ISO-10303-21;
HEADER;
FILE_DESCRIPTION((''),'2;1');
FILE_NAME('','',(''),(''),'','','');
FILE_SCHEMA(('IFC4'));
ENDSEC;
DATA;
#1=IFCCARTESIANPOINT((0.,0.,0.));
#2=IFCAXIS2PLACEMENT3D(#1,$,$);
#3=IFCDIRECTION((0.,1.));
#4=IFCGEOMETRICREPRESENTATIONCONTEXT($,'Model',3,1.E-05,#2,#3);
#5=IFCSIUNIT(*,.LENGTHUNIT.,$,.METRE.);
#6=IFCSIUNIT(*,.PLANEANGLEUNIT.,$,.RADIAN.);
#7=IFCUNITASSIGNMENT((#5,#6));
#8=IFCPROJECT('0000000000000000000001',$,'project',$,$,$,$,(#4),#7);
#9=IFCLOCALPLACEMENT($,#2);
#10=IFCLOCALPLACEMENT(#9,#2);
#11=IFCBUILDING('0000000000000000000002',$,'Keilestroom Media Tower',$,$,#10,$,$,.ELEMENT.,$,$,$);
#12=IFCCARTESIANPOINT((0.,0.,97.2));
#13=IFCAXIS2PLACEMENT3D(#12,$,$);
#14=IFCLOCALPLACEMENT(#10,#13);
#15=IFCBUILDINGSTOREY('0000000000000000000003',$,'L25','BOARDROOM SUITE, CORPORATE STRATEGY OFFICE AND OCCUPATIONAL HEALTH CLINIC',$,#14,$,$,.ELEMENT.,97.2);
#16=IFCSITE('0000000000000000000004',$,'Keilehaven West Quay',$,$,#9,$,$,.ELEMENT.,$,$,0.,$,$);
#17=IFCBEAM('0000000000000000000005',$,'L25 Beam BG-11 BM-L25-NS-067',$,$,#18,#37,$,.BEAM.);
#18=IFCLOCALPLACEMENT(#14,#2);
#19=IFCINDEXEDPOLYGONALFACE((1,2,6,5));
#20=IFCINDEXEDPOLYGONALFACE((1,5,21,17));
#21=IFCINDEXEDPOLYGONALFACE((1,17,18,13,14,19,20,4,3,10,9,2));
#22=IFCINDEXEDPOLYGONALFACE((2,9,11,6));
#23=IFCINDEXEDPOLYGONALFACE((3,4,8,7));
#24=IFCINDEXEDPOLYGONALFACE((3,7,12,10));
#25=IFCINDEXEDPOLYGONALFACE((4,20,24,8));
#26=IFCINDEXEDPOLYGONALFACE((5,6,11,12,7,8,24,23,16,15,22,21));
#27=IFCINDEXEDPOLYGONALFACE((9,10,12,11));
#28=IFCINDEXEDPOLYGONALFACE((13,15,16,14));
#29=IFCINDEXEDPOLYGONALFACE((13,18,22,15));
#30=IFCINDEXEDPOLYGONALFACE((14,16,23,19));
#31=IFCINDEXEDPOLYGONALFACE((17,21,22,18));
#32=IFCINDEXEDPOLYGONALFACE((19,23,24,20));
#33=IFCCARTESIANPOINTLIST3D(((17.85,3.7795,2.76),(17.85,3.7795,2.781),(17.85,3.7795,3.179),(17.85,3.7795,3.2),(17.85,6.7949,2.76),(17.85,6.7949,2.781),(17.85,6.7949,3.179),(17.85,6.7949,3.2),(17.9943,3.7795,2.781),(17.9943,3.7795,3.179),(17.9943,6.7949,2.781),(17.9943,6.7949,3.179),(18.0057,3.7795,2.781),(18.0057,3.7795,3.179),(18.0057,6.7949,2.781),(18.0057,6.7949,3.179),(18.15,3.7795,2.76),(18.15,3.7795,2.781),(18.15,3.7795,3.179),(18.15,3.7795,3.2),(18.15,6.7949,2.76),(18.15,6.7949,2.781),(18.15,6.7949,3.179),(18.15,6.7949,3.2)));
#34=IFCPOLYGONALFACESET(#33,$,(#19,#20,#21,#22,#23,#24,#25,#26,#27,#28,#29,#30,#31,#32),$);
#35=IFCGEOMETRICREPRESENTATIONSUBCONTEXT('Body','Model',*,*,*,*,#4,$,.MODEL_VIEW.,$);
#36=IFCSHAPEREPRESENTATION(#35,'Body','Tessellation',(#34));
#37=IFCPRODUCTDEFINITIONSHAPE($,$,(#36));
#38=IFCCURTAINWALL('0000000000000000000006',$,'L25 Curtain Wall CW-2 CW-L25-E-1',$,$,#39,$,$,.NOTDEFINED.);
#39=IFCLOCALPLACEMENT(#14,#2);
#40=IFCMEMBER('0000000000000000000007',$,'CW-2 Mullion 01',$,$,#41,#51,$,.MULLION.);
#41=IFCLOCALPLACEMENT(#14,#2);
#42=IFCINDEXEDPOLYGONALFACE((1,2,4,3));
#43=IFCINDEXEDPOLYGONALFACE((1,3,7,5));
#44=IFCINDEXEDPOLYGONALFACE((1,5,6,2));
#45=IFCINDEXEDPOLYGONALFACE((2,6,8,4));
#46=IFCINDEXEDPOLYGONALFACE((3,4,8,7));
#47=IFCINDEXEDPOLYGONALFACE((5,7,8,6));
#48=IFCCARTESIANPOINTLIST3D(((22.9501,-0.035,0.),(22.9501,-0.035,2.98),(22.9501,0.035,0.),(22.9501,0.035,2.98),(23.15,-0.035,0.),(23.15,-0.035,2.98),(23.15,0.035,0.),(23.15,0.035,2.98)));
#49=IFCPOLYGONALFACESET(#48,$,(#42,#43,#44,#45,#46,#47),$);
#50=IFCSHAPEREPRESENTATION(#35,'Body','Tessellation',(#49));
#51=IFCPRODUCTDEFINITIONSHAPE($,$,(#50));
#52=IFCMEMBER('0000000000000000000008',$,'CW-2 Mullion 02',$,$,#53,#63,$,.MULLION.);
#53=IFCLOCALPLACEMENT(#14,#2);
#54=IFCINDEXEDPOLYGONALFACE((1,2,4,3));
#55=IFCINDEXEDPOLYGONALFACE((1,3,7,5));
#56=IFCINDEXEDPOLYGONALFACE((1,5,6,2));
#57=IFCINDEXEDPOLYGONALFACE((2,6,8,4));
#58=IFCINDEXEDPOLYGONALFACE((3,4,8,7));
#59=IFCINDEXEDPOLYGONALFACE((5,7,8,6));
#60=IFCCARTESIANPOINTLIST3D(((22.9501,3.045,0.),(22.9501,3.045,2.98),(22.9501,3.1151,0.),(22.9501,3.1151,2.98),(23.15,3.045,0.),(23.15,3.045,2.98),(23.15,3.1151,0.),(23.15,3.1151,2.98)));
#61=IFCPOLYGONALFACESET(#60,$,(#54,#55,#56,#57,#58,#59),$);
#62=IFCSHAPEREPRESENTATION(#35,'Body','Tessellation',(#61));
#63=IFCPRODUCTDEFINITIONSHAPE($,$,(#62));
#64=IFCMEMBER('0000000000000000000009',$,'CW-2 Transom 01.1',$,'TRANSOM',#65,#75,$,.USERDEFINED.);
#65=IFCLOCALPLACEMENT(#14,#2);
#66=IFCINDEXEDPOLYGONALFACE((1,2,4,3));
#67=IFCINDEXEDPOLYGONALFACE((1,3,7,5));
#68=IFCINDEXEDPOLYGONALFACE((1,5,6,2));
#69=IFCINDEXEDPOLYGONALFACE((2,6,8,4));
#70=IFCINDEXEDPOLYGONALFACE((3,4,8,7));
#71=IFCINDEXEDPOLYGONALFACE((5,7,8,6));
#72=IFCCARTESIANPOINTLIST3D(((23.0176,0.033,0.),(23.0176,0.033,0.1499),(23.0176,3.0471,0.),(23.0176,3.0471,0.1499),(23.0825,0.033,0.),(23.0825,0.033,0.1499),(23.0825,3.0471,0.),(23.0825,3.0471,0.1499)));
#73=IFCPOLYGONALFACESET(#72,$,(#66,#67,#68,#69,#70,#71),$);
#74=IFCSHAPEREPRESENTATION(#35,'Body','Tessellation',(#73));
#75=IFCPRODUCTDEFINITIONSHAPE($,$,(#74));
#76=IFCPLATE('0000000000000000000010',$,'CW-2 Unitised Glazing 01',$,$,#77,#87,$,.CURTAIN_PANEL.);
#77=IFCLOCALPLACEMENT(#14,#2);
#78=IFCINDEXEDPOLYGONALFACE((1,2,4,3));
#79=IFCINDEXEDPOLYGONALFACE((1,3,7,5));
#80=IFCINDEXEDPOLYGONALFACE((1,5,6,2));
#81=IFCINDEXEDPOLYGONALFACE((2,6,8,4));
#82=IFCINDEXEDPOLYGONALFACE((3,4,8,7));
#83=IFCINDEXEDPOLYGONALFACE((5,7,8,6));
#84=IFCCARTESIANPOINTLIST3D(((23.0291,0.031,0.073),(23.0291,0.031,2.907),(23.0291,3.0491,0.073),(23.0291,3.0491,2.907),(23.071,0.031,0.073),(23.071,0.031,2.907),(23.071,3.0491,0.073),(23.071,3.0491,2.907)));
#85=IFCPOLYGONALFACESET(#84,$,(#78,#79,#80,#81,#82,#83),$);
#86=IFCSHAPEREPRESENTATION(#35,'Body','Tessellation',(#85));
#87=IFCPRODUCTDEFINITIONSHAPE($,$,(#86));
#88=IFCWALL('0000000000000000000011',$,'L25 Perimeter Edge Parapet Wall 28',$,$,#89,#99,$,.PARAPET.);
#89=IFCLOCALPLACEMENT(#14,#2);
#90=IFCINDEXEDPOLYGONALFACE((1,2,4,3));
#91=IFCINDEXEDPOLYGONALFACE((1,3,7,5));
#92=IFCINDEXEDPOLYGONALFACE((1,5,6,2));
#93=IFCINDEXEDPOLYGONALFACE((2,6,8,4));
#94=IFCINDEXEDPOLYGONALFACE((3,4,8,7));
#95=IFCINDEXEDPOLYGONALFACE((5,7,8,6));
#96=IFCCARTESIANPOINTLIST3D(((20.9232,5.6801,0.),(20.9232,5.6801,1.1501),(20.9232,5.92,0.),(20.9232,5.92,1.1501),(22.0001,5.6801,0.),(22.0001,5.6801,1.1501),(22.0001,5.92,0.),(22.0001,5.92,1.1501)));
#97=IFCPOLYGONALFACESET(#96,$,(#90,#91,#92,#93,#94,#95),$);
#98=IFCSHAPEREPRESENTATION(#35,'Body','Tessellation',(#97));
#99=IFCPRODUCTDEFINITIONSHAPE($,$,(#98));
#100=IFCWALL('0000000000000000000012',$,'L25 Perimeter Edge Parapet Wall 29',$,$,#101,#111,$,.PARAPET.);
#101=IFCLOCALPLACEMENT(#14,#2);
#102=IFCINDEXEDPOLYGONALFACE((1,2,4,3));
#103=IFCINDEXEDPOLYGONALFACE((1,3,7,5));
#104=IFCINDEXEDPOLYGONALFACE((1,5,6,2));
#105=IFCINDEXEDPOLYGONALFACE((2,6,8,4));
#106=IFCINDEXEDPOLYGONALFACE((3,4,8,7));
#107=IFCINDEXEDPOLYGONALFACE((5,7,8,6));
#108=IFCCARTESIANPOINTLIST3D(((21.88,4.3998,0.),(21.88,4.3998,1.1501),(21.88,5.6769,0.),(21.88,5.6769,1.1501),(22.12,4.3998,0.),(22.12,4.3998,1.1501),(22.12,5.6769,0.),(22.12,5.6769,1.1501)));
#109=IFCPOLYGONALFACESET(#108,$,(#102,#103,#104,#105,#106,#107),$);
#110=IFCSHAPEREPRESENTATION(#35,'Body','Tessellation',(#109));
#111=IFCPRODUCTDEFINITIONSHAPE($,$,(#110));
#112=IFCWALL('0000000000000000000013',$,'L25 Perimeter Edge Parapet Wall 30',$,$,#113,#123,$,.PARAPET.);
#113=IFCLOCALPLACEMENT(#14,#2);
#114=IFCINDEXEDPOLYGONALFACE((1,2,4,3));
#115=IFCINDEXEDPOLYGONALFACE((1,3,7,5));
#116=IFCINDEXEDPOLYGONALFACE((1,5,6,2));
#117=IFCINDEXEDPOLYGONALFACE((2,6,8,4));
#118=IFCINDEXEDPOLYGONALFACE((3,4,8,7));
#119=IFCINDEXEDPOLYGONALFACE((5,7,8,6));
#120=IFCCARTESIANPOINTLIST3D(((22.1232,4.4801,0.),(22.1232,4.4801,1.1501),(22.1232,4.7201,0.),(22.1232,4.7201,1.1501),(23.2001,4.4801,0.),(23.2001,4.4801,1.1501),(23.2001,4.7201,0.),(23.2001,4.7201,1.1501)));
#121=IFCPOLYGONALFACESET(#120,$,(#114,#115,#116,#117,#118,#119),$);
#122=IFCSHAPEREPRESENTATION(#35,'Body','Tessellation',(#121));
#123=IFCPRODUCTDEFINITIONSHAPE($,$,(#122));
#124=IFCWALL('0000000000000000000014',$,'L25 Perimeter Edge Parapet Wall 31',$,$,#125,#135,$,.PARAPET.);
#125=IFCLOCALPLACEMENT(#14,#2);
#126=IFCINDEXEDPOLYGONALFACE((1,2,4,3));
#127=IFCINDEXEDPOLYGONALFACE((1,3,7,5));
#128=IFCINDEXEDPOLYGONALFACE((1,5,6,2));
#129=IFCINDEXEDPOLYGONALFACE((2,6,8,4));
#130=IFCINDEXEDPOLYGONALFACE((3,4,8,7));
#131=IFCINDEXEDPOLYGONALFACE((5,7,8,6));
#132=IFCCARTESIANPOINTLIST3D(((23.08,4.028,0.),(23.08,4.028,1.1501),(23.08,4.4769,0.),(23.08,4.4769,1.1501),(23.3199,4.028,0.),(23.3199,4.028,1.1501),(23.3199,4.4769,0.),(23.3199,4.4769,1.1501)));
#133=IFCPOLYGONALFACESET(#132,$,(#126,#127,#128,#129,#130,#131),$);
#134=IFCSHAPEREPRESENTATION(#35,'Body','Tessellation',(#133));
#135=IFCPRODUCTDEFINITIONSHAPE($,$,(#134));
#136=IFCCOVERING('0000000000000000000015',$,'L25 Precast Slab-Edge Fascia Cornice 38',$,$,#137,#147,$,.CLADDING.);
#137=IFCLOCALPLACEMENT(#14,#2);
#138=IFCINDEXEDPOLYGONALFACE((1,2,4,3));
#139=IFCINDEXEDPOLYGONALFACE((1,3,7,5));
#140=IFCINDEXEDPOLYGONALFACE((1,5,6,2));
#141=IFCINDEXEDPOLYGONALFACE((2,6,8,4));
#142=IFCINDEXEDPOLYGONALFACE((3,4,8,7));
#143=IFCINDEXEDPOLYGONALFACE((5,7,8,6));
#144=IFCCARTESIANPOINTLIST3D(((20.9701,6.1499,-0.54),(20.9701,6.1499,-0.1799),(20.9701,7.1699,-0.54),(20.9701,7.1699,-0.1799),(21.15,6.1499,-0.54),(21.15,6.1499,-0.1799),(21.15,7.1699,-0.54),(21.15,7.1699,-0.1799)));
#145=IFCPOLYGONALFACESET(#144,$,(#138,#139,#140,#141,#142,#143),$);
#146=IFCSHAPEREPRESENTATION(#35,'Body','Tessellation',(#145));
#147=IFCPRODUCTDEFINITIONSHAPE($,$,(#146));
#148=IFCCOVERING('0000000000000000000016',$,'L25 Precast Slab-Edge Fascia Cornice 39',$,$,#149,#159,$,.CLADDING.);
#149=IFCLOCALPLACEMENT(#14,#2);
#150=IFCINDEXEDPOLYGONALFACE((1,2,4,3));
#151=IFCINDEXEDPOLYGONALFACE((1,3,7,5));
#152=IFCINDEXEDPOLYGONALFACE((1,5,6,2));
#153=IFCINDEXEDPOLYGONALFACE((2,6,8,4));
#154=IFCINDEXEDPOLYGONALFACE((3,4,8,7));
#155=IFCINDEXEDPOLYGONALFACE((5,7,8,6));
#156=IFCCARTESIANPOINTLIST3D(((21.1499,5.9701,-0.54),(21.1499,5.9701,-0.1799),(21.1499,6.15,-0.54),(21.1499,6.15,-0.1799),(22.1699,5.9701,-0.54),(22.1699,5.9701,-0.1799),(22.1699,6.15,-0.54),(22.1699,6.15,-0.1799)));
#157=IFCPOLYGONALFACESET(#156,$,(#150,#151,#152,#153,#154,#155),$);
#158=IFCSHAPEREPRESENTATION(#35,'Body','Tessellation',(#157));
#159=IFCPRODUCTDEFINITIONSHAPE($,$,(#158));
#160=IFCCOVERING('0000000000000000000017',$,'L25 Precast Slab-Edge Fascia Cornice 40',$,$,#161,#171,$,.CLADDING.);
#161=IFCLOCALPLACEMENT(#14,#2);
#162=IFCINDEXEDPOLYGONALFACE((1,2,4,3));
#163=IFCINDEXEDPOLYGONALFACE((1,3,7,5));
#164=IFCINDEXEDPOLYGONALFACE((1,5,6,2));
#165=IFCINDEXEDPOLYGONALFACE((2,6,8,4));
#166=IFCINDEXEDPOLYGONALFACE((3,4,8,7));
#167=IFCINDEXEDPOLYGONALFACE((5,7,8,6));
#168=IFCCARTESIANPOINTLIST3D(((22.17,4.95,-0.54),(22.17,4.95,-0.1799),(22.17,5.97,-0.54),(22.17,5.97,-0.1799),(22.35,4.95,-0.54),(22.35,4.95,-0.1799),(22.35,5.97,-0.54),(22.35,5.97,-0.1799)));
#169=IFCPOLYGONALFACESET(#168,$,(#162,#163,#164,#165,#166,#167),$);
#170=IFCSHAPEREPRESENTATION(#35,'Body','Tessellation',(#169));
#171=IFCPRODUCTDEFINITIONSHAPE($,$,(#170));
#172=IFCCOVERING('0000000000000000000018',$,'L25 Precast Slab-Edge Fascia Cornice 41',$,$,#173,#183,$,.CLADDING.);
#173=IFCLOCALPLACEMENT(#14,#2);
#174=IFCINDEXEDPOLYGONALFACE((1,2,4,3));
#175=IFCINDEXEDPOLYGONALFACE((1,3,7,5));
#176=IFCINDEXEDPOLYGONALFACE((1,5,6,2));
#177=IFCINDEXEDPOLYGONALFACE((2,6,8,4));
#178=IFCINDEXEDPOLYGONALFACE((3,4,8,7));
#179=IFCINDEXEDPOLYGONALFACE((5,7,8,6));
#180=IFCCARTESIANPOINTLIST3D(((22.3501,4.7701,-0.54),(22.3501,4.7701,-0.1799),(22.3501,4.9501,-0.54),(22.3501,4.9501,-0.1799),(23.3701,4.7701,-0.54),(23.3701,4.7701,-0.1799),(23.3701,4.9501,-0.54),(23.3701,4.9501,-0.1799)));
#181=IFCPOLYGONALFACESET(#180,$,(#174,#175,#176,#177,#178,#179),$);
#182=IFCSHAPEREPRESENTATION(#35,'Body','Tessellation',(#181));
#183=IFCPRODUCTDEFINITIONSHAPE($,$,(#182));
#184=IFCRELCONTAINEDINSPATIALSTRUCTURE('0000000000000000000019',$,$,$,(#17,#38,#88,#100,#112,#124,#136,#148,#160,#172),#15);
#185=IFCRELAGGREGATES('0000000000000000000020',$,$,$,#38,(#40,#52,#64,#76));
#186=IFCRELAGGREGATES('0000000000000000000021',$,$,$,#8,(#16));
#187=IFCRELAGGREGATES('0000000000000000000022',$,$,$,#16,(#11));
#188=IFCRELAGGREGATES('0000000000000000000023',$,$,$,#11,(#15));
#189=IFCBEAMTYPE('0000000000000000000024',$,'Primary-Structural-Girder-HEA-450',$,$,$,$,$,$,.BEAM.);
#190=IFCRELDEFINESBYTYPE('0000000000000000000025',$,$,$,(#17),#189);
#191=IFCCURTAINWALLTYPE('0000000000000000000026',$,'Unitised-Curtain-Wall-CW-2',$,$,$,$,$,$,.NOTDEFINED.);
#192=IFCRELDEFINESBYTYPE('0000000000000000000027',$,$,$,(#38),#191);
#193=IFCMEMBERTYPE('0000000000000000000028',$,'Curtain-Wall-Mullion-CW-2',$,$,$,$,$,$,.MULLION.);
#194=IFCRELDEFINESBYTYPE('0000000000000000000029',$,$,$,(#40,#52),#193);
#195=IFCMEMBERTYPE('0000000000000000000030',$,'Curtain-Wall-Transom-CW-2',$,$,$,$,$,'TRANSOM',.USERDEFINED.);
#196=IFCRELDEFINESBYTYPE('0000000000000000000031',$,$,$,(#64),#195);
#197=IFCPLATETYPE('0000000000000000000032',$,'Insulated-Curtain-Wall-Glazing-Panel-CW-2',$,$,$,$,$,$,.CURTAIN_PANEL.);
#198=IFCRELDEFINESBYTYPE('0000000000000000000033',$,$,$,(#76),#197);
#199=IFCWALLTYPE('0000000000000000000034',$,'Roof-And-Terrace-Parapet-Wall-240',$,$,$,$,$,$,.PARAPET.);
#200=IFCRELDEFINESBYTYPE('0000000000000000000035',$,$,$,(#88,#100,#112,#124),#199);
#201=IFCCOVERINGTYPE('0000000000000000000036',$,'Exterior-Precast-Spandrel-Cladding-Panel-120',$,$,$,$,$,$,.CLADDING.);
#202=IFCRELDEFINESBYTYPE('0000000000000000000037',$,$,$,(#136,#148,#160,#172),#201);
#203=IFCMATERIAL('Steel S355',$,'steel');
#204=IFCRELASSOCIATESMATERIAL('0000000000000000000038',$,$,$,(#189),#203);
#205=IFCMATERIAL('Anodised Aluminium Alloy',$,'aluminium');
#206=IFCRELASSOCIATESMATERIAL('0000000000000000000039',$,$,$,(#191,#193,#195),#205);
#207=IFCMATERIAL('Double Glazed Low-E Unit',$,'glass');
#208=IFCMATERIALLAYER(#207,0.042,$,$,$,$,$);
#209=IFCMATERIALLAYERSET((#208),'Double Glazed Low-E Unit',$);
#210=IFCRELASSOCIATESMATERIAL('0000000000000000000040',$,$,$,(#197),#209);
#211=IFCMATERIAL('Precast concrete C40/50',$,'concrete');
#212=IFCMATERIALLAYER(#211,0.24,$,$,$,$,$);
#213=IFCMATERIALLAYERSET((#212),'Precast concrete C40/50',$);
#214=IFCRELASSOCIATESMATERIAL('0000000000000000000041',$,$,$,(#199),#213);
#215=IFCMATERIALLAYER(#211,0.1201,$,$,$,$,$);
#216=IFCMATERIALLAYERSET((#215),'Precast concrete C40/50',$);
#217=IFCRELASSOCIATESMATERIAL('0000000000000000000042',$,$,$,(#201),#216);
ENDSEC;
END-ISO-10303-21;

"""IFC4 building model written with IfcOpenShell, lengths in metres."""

from ifc_helpers import new_model, si_unit, direction, frame, frame_2d, origin, origin_2d, place, context, subcontext, project, spatial, rectangle, i_section, extrude, source, transform, mapped, material, layer, layer_set, material_profile, profile_set, type_object, element, aggregate, save


model = new_model("IFC4")

# Units and contexts
model_context = context("Model", 3, precision=1e-05, world=origin(), true_north=direction((0.0, 1.0)))
body_context = subcontext(model_context, "Body", "Model", "MODEL_VIEW")
ifc_project = project(units=[si_unit("LENGTHUNIT", "METRE"), si_unit("PLANEANGLEUNIT", "RADIAN")], contexts=[model_context])

# Site, building, storey
site_placement = place(None, origin())
site = spatial("IfcSite", under=ifc_project, at=site_placement, Name="Keilehaven West Quay", CompositionType="ELEMENT", RefElevation=0.0)
building_placement = place(site_placement, origin())
building = spatial("IfcBuilding", under=site, at=building_placement, Name="Keilestroom Media Tower", CompositionType="ELEMENT")
storey_placement = place(building_placement, frame((0.0, 0.0, 97.2)))
storey = spatial("IfcBuildingStorey", under=building, at=storey_placement, Name="L25", Description="BOARDROOM SUITE, CORPORATE STRATEGY OFFICE AND OCCUPATIONAL HEALTH CLINIC", CompositionType="ELEMENT", Elevation=97.2)

# Shared definitions
ifc_material_1 = material(Name="Precast concrete C40/50", Category="concrete")
ifc_material_2 = material(Name="Steel S355", Category="steel")

# Beam
ifc_material_profile_1 = material_profile(ifc_material_2, i_section(OverallWidth=0.3, OverallDepth=0.4399, WebThickness=0.0115, FlangeThickness=0.021, at=origin_2d()), Name="HEA 450")
ifc_profile_set_1 = profile_set([ifc_material_profile_1], Name="Steel S355")
beam_type_1 = type_object("IfcBeamType", Name="Primary-Structural-Girder-HEA-450", PredefinedType="BEAM", material=ifc_profile_set_1)
shared_shape_1 = source(origin(), body_context, "Body", "SweptSolid", [
    extrude(i_section(OverallWidth=0.3, OverallDepth=0.4399, WebThickness=0.0115, FlangeThickness=0.021, at=origin_2d()), origin(), (0.0, 0.0, 1.0), 3.0154),
])
beam_1_placement = place(storey_placement, frame((18.0, 3.7795, 2.98), z_axis=(0.0, 1.0, 0.0), x_axis=(-1.0, 0.0, 0.0)))
element("IfcBeam", 1, at=beam_1_placement, inside=storey, type_object=beam_type_1, Name="L25 Beam BG-11 BM-L25-NS-067", PredefinedType="BEAM", context=body_context, shape_type="MappedRepresentation", body=[
    mapped(shared_shape_1, transform((0.0, 0.0, 0.0), x_axis=(1.0, 0.0, 0.0), y_axis=(0.0, 1.0, 0.0), z_axis=(0.0, 0.0, 1.0), scale=1.0)),
])

# Curtain wall, members, plate
ifc_material_3 = material(Name="Anodised Aluminium Alloy", Category="aluminium")
curtain_wall_type = type_object("IfcCurtainWallType", Name="Unitised-Curtain-Wall-CW-2", PredefinedType="NOTDEFINED", material=ifc_material_3)
curtain_wall_placement = place(storey_placement, origin())
curtain_wall = element("IfcCurtainWall", 2, at=curtain_wall_placement, inside=storey, type_object=curtain_wall_type, Name="L25 Curtain Wall CW-2 CW-L25-E-1", PredefinedType="NOTDEFINED")
ifc_material_profile_2 = material_profile(ifc_material_3, rectangle(XDim=0.0701, YDim=0.2, at=origin_2d()), Name="ALU MULLION 70x200")
ifc_profile_set_2 = profile_set([ifc_material_profile_2], Name="Anodised Aluminium Alloy")
member_type_1 = type_object("IfcMemberType", Name="Curtain-Wall-Mullion-CW-2", PredefinedType="MULLION", material=ifc_profile_set_2)
shared_shape_2 = source(origin(), body_context, "Body", "SweptSolid", [
    extrude(rectangle(XDim=0.0701, YDim=0.2, at=origin_2d()), origin(), (0.0, 0.0, 1.0), 2.98),
])
member_1_placement = place(storey_placement, frame((23.05, 0.0, 0.0), z_axis=(0.0, 0.0, 1.0), x_axis=(0.0, 1.0, 0.0)))
member_1 = element("IfcMember", 3, at=member_1_placement, type_object=member_type_1, Name="CW-2 Mullion 01", PredefinedType="MULLION", context=body_context, shape_type="MappedRepresentation", body=[
    mapped(shared_shape_2, transform((0.0, 0.0, 0.0), x_axis=(1.0, 0.0, 0.0), y_axis=(0.0, 1.0, 0.0), z_axis=(0.0, 0.0, 1.0), scale=1.0)),
])
member_2_placement = place(storey_placement, frame((23.05, 3.0801, 0.0), z_axis=(0.0, 0.0, 1.0), x_axis=(0.0, 1.0, 0.0)))
member_2 = element("IfcMember", 4, at=member_2_placement, type_object=member_type_1, Name="CW-2 Mullion 02", PredefinedType="MULLION", context=body_context, shape_type="MappedRepresentation", body=[
    mapped(shared_shape_2, transform((0.0, 0.0, 0.0), x_axis=(1.0, 0.0, 0.0), y_axis=(0.0, 1.0, 0.0), z_axis=(0.0, 0.0, 1.0), scale=1.0)),
])
ifc_material_profile_3 = material_profile(ifc_material_3, rectangle(XDim=0.0649, YDim=0.1499, at=origin_2d()), Name="ALU TRANSOM 65x150")
ifc_profile_set_3 = profile_set([ifc_material_profile_3], Name="Anodised Aluminium Alloy")
member_type_2 = type_object("IfcMemberType", Name="Curtain-Wall-Transom-CW-2", ElementType="TRANSOM", PredefinedType="USERDEFINED", material=ifc_profile_set_3)
shared_shape_3 = source(origin(), body_context, "Body", "SweptSolid", [
    extrude(rectangle(XDim=0.0649, YDim=0.1499, at=origin_2d()), origin(), (0.0, 0.0, 1.0), 3.0142),
])
member_3_placement = place(storey_placement, frame((23.05, 0.033, 0.075), z_axis=(0.0, 1.0, 0.0), x_axis=(-1.0, 0.0, 0.0)))
member_3 = element("IfcMember", 5, at=member_3_placement, type_object=member_type_2, Name="CW-2 Transom 01.1", ObjectType="TRANSOM", PredefinedType="USERDEFINED", context=body_context, shape_type="MappedRepresentation", body=[
    mapped(shared_shape_3, transform((0.0, 0.0, 0.0), x_axis=(1.0, 0.0, 0.0), y_axis=(0.0, 1.0, 0.0), z_axis=(0.0, 0.0, 1.0), scale=1.0)),
])
ifc_material_4 = material(Name="Double Glazed Low-E Unit", Category="glass")
ifc_layer_1 = layer(ifc_material_4, 0.042)
ifc_layer_set_1 = layer_set([ifc_layer_1], Name="Double Glazed Low-E Unit")
plate_type = type_object("IfcPlateType", Name="Insulated-Curtain-Wall-Glazing-Panel-CW-2", PredefinedType="CURTAIN_PANEL", material=ifc_layer_set_1)
shared_shape_4 = source(origin(), body_context, "Body", "SweptSolid", [
    extrude(rectangle(XDim=3.0181, YDim=0.042, at=origin_2d()), origin(), (0.0, 0.0, 1.0), 2.834),
])
plate_placement = place(storey_placement, frame((23.05, 1.54, 0.073), z_axis=(0.0, 0.0, 1.0), x_axis=(0.0, 1.0, 0.0)))
plate = element("IfcPlate", 6, at=plate_placement, type_object=plate_type, Name="CW-2 Unitised Glazing 01", PredefinedType="CURTAIN_PANEL", context=body_context, shape_type="MappedRepresentation", body=[
    mapped(shared_shape_4, transform((0.0, 0.0, 0.0), x_axis=(1.0, 0.0, 0.0), y_axis=(0.0, 1.0, 0.0), z_axis=(0.0, 0.0, 1.0), scale=1.0)),
])
aggregate(curtain_wall, [member_1, member_2, member_3, plate])

# Walls
ifc_layer_2 = layer(ifc_material_1, 0.24)
ifc_layer_set_2 = layer_set([ifc_layer_2], Name="Precast concrete C40/50")
wall_type = type_object("IfcWallType", Name="Roof-And-Terrace-Parapet-Wall-240", PredefinedType="PARAPET", material=ifc_layer_set_2)
wall_1_placement = place(storey_placement, frame((20.9231, 5.8, 0.0), z_axis=(0.0, 0.0, 1.0), x_axis=(1.0, 0.0, 0.0)))
element("IfcWall", 7, at=wall_1_placement, inside=storey, type_object=wall_type, Name="L25 Perimeter Edge Parapet Wall 28", PredefinedType="PARAPET", context=body_context, shape_type="SweptSolid", body=[
    extrude(rectangle(XDim=1.0769, YDim=0.24, at=frame_2d((0.5386, 0.0))), origin(), (0.0, 0.0, 1.0), 1.1501),
])
wall_2_placement = place(storey_placement, frame((22.0, 5.677, 0.0), z_axis=(0.0, 0.0, 1.0), x_axis=(0.0, -1.0, 0.0)))
element("IfcWall", 8, at=wall_2_placement, inside=storey, type_object=wall_type, Name="L25 Perimeter Edge Parapet Wall 29", PredefinedType="PARAPET", context=body_context, shape_type="SweptSolid", body=[
    extrude(rectangle(XDim=1.2771, YDim=0.24, at=frame_2d((0.6387, 0.0))), origin(), (0.0, 0.0, 1.0), 1.1501),
])
wall_3_placement = place(storey_placement, frame((22.123, 4.6001, 0.0), z_axis=(0.0, 0.0, 1.0), x_axis=(1.0, 0.0, 0.0)))
element("IfcWall", 9, at=wall_3_placement, inside=storey, type_object=wall_type, Name="L25 Perimeter Edge Parapet Wall 30", PredefinedType="PARAPET", context=body_context, shape_type="SweptSolid", body=[
    extrude(rectangle(XDim=1.0769, YDim=0.24, at=frame_2d((0.5386, 0.0))), origin(), (0.0, 0.0, 1.0), 1.1501),
])
wall_4_placement = place(storey_placement, frame((23.2, 4.4771, 0.0), z_axis=(0.0, 0.0, 1.0), x_axis=(0.0, -1.0, 0.0)))
element("IfcWall", 10, at=wall_4_placement, inside=storey, type_object=wall_type, Name="L25 Perimeter Edge Parapet Wall 31", PredefinedType="PARAPET", context=body_context, shape_type="SweptSolid", body=[
    extrude(rectangle(XDim=0.449, YDim=0.24, at=frame_2d((0.2246, 0.0))), origin(), (0.0, 0.0, 1.0), 1.1501),
])

# Coverings
ifc_layer_3 = layer(ifc_material_1, 0.1201)
ifc_layer_set_3 = layer_set([ifc_layer_3], Name="Precast concrete C40/50")
covering_type = type_object("IfcCoveringType", Name="Exterior-Precast-Spandrel-Cladding-Panel-120", PredefinedType="CLADDING", material=ifc_layer_set_3)
shared_shape_5 = source(origin(), body_context, "Body", "SweptSolid", [
    extrude(rectangle(XDim=1.02, YDim=0.1799, at=origin_2d()), origin(), (0.0, 0.0, 1.0), 0.3601),
])
for number, where, z_axis, x_axis, name in (
    (11, (21.0601, 6.6599, -0.54), (0.0, 0.0, 1.0), (0.0, -1.0, 0.0), "L25 Precast Slab-Edge Fascia Cornice 38"),
    (12, (21.6599, 6.0601, -0.54), (0.0, 0.0, 1.0), (1.0, 0.0, 0.0), "L25 Precast Slab-Edge Fascia Cornice 39"),
    (13, (22.26, 5.46, -0.54), (0.0, 0.0, 1.0), (0.0, -1.0, 0.0), "L25 Precast Slab-Edge Fascia Cornice 40"),
    (14, (22.8601, 4.8601, -0.54), (0.0, 0.0, 1.0), (1.0, 0.0, 0.0), "L25 Precast Slab-Edge Fascia Cornice 41"),
):
    element("IfcCovering", number, at=place(storey_placement, frame(where, z_axis=z_axis, x_axis=x_axis)), inside=storey, type_object=covering_type, Name=name, PredefinedType="CLADDING", context=body_context, shape_type="MappedRepresentation", body=[
        mapped(shared_shape_5, transform((0.0, 0.0, 0.0), x_axis=(1.0, 0.0, 0.0), y_axis=(0.0, 1.0, 0.0), z_axis=(0.0, 0.0, 1.0), scale=1.0)),
    ])

save(model, "model.ifc")
